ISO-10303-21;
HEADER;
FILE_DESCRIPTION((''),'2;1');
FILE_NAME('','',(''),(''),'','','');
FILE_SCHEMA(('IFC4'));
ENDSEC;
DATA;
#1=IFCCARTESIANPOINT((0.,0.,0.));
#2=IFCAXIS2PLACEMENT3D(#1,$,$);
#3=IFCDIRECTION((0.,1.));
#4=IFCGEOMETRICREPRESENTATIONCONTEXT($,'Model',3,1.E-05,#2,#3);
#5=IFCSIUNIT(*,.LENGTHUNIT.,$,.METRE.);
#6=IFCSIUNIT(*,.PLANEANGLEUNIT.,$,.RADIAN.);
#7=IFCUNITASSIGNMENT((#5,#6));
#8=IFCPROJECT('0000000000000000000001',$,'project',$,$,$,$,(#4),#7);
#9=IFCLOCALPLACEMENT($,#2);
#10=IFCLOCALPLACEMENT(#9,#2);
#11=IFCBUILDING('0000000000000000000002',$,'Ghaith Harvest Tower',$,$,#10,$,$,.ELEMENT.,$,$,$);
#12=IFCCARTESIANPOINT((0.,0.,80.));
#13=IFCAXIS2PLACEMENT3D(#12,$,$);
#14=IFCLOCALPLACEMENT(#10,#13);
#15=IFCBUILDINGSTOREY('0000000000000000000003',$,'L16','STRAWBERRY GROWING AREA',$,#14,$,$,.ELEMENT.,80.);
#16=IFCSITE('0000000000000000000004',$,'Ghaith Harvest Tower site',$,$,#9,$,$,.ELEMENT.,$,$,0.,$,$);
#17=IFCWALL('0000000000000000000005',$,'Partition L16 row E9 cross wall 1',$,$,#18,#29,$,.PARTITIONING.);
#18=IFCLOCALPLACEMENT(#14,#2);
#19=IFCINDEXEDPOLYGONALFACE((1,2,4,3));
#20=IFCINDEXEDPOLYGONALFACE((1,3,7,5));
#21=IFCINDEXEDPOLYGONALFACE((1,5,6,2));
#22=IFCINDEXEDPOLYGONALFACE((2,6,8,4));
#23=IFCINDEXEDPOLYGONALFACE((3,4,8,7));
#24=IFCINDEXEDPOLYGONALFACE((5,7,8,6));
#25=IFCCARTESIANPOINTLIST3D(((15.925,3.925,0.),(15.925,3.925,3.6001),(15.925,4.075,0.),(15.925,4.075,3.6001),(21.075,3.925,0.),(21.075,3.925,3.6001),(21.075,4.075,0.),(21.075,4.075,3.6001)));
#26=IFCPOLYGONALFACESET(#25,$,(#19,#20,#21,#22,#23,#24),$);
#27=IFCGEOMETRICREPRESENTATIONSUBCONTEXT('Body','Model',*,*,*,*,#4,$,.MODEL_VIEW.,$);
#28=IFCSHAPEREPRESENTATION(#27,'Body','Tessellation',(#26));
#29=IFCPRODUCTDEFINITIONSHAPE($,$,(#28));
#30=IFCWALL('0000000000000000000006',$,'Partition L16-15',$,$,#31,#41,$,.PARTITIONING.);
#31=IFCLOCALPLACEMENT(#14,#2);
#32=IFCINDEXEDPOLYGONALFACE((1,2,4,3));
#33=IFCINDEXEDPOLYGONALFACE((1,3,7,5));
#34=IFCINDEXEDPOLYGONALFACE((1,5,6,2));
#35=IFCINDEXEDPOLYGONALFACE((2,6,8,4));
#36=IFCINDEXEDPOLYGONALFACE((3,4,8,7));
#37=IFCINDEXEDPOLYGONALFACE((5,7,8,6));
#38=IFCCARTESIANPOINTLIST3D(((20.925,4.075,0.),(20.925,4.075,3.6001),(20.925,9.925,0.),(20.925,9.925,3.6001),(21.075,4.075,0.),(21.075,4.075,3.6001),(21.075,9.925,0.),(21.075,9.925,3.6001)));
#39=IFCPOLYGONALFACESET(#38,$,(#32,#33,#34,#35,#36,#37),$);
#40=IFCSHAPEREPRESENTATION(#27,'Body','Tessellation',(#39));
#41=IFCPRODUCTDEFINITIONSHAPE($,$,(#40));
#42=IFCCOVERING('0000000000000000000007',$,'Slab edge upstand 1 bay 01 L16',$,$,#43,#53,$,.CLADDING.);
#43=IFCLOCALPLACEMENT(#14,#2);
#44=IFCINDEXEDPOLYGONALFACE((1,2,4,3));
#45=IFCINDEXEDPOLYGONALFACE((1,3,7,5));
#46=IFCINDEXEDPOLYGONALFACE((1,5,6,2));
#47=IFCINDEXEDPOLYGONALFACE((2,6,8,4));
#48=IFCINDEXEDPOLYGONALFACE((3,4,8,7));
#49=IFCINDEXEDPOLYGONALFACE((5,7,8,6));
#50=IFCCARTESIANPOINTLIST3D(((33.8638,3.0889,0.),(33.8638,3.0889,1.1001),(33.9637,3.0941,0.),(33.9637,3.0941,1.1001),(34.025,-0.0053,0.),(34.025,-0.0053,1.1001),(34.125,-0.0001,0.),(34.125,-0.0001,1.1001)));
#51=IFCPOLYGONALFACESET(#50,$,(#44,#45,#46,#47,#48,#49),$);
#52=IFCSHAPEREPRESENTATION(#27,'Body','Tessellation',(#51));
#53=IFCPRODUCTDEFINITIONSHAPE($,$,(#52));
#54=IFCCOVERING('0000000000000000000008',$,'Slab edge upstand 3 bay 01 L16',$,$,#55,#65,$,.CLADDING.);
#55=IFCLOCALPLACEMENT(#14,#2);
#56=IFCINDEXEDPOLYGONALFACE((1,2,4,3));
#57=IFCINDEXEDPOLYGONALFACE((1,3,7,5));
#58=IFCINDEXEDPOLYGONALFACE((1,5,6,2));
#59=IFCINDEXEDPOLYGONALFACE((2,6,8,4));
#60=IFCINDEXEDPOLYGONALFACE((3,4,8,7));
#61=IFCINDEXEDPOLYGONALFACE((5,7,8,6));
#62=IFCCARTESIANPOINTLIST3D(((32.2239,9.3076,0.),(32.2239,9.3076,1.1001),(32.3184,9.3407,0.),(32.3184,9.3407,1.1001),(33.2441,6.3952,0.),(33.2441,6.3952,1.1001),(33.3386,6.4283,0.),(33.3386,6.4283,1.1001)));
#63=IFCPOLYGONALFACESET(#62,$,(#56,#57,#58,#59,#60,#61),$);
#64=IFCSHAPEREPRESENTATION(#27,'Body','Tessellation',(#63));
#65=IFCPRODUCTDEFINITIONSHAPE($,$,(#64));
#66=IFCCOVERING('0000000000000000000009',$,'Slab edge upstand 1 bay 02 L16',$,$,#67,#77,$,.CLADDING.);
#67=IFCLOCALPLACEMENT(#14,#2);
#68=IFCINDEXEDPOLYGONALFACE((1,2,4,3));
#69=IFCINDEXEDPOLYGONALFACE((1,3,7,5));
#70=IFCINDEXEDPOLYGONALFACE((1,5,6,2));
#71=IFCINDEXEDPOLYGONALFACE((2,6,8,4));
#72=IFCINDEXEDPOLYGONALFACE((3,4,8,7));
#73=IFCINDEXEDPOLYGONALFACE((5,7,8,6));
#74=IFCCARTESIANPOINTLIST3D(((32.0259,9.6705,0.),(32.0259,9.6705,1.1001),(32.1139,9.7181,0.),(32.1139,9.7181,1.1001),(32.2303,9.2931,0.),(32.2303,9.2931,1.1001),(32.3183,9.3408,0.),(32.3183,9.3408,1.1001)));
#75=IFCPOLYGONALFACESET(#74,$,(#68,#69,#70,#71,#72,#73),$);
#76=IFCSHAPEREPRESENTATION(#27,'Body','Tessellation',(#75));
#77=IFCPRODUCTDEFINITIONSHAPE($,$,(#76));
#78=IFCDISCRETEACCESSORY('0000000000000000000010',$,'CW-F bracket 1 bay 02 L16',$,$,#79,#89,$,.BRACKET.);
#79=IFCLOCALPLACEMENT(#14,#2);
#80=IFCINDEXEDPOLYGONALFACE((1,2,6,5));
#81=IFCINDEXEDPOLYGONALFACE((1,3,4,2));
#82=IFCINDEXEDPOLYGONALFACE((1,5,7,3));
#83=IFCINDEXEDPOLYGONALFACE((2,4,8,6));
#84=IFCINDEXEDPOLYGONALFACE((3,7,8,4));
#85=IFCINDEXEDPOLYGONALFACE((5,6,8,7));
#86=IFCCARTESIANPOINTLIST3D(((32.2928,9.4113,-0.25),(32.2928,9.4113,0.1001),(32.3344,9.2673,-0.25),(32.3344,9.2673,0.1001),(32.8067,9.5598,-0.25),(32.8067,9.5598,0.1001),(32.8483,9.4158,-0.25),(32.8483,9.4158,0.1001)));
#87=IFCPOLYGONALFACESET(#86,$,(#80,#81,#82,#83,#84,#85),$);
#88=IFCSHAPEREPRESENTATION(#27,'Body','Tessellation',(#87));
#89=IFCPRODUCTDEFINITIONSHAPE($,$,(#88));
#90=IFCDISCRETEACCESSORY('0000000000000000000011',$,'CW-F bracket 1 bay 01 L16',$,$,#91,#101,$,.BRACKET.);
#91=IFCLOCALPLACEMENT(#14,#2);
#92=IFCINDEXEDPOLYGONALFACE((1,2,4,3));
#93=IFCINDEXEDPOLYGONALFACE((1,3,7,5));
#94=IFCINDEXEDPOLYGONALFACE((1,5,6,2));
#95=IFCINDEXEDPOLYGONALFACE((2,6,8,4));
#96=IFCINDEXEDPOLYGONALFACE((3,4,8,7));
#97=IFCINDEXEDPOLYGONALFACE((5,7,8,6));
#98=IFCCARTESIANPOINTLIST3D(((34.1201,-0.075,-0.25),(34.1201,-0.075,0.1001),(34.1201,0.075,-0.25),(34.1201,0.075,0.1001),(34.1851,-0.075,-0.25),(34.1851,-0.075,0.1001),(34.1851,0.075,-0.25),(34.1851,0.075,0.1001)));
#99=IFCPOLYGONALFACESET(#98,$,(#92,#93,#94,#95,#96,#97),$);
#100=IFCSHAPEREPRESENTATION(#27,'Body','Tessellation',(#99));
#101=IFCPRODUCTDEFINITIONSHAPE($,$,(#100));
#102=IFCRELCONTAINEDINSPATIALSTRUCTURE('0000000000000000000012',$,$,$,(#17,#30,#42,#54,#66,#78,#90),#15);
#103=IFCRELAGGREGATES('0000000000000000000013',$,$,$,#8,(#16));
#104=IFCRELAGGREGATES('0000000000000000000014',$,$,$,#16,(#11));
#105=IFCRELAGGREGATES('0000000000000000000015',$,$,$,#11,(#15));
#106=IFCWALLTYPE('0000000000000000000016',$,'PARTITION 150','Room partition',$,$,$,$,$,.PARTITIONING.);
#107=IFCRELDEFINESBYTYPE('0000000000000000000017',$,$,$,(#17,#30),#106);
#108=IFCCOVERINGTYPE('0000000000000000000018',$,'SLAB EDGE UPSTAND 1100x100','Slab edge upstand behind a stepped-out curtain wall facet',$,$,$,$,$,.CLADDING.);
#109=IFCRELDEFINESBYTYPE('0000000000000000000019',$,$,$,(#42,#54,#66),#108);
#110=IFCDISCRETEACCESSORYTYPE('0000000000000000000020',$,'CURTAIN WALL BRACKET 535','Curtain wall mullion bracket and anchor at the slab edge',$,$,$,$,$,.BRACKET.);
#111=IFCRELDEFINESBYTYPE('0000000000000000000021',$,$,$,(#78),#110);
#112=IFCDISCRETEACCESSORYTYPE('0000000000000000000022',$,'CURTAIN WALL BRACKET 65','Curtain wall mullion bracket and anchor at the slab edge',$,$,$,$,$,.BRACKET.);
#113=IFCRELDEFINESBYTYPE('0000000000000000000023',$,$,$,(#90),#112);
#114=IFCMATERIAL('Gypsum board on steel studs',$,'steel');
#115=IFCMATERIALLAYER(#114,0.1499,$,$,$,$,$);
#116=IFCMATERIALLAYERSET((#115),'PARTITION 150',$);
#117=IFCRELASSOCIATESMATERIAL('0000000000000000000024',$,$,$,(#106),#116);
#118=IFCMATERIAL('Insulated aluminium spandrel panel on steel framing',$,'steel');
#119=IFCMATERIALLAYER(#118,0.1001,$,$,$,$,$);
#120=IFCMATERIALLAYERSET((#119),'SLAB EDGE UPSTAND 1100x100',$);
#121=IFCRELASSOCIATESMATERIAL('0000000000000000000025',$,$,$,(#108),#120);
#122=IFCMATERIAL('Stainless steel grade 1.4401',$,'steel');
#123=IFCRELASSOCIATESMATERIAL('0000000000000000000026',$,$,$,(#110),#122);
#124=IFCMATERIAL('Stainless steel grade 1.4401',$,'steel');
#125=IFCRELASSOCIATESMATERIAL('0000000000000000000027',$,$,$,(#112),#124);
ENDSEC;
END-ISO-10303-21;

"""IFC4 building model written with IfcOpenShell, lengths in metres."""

from ifc_helpers import new_model, si_unit, direction, frame, frame_2d, origin, origin_2d, place, context, subcontext, project, spatial, rectangle, extrude, material, layer, layer_set, type_object, element, save


model = new_model("IFC4")

# Units and contexts
model_context = context("Model", 3, precision=1e-05, world=origin(), true_north=direction((0.0, 1.0)))
body_context = subcontext(model_context, "Body", "Model", "MODEL_VIEW")
ifc_project = project(units=[si_unit("LENGTHUNIT", "METRE"), si_unit("PLANEANGLEUNIT", "RADIAN")], contexts=[model_context])

# Site, building, storey
site_placement = place(None, origin())
site = spatial("IfcSite", under=ifc_project, at=site_placement, Name="Ghaith Harvest Tower site", CompositionType="ELEMENT", RefElevation=0.0)
building_placement = place(site_placement, origin())
building = spatial("IfcBuilding", under=site, at=building_placement, Name="Ghaith Harvest Tower", CompositionType="ELEMENT")
storey_placement = place(building_placement, frame((0.0, 0.0, 80.0)))
storey = spatial("IfcBuildingStorey", under=building, at=storey_placement, Name="L16", Description="STRAWBERRY GROWING AREA", CompositionType="ELEMENT", Elevation=80.0)

# Wall
ifc_material_1 = material(Name="Gypsum board on steel studs", Category="steel")
ifc_layer_1 = layer(ifc_material_1, 0.1499)
ifc_layer_set_1 = layer_set([ifc_layer_1], Name="PARTITION 150")
wall_type_1 = type_object("IfcWallType", Name="PARTITION 150", Description="Room partition", PredefinedType="PARTITIONING", material=ifc_layer_set_1)
wall_1_placement = place(storey_placement, frame((15.925, 4.0, 0.0), z_axis=(0.0, 0.0, 1.0), x_axis=(1.0, 0.0, 0.0)))
element("IfcWall", 1, at=wall_1_placement, inside=storey, type_object=wall_type_1, Name="Partition L16 row E9 cross wall 1", PredefinedType="PARTITIONING", context=body_context, shape_type="SweptSolid", body=[
    extrude(rectangle(XDim=5.1499, YDim=0.1499, at=frame_2d((2.575, 0.0))), origin(), (0.0, 0.0, 1.0), 3.6001),
])

# Wall
wall_2_placement = place(storey_placement, frame((21.0, 4.075, 0.0), z_axis=(0.0, 0.0, 1.0), x_axis=(0.0, 1.0, 0.0)))
element("IfcWall", 2, at=wall_2_placement, inside=storey, type_object=wall_type_1, Name="Partition L16-15", PredefinedType="PARTITIONING", context=body_context, shape_type="SweptSolid", body=[
    extrude(rectangle(XDim=5.8501, YDim=0.1499, at=frame_2d((2.925, 0.0))), origin(), (0.0, 0.0, 1.0), 3.6001),
])

# Coverings
ifc_material_2 = material(Name="Insulated aluminium spandrel panel on steel framing", Category="steel")
ifc_layer_2 = layer(ifc_material_2, 0.1001)
ifc_layer_set_2 = layer_set([ifc_layer_2], Name="SLAB EDGE UPSTAND 1100x100")
covering_type = type_object("IfcCoveringType", Name="SLAB EDGE UPSTAND 1100x100", Description="Slab edge upstand behind a stepped-out curtain wall facet", PredefinedType="CLADDING", material=ifc_layer_set_2)
covering_1_placement = place(storey_placement, frame((33.9944, 1.5444, 0.0), z_axis=(0.0, 0.0, 1.0), x_axis=(-0.052049, 0.998645, 0.0)))
element("IfcCovering", 3, at=covering_1_placement, inside=storey, type_object=covering_type, Name="Slab edge upstand 1 bay 01 L16", PredefinedType="CLADDING", context=body_context, shape_type="SweptSolid", body=[
    extrude(rectangle(XDim=3.0984, YDim=0.1001, at=origin_2d()), origin(), (0.0, 0.0, 1.0), 1.1001),
])
covering_2_placement = place(storey_placement, frame((32.7812, 7.8679, 0.0), z_axis=(0.0, 0.0, 1.0), x_axis=(-0.330598, 0.943772, 0.0)))
element("IfcCovering", 4, at=covering_2_placement, inside=storey, type_object=covering_type, Name="Slab edge upstand 3 bay 01 L16", PredefinedType="CLADDING", context=body_context, shape_type="SweptSolid", body=[
    extrude(rectangle(XDim=3.0859, YDim=0.1001, at=origin_2d()), origin(), (0.0, 0.0, 1.0), 1.1001),
])
covering_3_placement = place(storey_placement, frame((32.1721, 9.5056, 0.0), z_axis=(0.0, 0.0, 1.0), x_axis=(-0.476349, 0.879256, 0.0)))
element("IfcCovering", 5, at=covering_3_placement, inside=storey, type_object=covering_type, Name="Slab edge upstand 1 bay 02 L16", PredefinedType="CLADDING", context=body_context, shape_type="SweptSolid", body=[
    extrude(rectangle(XDim=0.4292, YDim=0.1001, at=origin_2d()), origin(), (0.0, 0.0, 1.0), 1.1001),
])

# Discrete accessories
ifc_material_3 = material(Name="Stainless steel grade 1.4401", Category="steel")
discrete_accessory_type_1 = type_object("IfcDiscreteAccessoryType", Name="CURTAIN WALL BRACKET 535", Description="Curtain wall mullion bracket and anchor at the slab edge", PredefinedType="BRACKET", material=ifc_material_3)
discrete_accessory_1_placement = place(storey_placement, frame((32.5706, 9.4136, -0.25), z_axis=(0.0, 0.0, 1.0), x_axis=(0.96068, 0.277657, 0.0)))
element("IfcDiscreteAccessory", 6, at=discrete_accessory_1_placement, inside=storey, type_object=discrete_accessory_type_1, Name="CW-F bracket 1 bay 02 L16", PredefinedType="BRACKET", context=body_context, shape_type="SweptSolid", body=[
    extrude(rectangle(XDim=0.5349, YDim=0.1499, at=origin_2d()), origin(), (0.0, 0.0, 1.0), 0.3501),
])
ifc_material_4 = material(Name="Stainless steel grade 1.4401", Category="steel")
discrete_accessory_type_2 = type_object("IfcDiscreteAccessoryType", Name="CURTAIN WALL BRACKET 65", Description="Curtain wall mullion bracket and anchor at the slab edge", PredefinedType="BRACKET", material=ifc_material_4)
discrete_accessory_2_placement = place(storey_placement, frame((34.1526, 0.0, -0.25), z_axis=(0.0, 0.0, 1.0), x_axis=(1.0, 0.0, 0.0)))
element("IfcDiscreteAccessory", 7, at=discrete_accessory_2_placement, inside=storey, type_object=discrete_accessory_type_2, Name="CW-F bracket 1 bay 01 L16", PredefinedType="BRACKET", context=body_context, shape_type="SweptSolid", body=[
    extrude(rectangle(XDim=0.0649, YDim=0.1499, at=origin_2d()), origin(), (0.0, 0.0, 1.0), 0.3501),
])

save(model, "model.ifc")
